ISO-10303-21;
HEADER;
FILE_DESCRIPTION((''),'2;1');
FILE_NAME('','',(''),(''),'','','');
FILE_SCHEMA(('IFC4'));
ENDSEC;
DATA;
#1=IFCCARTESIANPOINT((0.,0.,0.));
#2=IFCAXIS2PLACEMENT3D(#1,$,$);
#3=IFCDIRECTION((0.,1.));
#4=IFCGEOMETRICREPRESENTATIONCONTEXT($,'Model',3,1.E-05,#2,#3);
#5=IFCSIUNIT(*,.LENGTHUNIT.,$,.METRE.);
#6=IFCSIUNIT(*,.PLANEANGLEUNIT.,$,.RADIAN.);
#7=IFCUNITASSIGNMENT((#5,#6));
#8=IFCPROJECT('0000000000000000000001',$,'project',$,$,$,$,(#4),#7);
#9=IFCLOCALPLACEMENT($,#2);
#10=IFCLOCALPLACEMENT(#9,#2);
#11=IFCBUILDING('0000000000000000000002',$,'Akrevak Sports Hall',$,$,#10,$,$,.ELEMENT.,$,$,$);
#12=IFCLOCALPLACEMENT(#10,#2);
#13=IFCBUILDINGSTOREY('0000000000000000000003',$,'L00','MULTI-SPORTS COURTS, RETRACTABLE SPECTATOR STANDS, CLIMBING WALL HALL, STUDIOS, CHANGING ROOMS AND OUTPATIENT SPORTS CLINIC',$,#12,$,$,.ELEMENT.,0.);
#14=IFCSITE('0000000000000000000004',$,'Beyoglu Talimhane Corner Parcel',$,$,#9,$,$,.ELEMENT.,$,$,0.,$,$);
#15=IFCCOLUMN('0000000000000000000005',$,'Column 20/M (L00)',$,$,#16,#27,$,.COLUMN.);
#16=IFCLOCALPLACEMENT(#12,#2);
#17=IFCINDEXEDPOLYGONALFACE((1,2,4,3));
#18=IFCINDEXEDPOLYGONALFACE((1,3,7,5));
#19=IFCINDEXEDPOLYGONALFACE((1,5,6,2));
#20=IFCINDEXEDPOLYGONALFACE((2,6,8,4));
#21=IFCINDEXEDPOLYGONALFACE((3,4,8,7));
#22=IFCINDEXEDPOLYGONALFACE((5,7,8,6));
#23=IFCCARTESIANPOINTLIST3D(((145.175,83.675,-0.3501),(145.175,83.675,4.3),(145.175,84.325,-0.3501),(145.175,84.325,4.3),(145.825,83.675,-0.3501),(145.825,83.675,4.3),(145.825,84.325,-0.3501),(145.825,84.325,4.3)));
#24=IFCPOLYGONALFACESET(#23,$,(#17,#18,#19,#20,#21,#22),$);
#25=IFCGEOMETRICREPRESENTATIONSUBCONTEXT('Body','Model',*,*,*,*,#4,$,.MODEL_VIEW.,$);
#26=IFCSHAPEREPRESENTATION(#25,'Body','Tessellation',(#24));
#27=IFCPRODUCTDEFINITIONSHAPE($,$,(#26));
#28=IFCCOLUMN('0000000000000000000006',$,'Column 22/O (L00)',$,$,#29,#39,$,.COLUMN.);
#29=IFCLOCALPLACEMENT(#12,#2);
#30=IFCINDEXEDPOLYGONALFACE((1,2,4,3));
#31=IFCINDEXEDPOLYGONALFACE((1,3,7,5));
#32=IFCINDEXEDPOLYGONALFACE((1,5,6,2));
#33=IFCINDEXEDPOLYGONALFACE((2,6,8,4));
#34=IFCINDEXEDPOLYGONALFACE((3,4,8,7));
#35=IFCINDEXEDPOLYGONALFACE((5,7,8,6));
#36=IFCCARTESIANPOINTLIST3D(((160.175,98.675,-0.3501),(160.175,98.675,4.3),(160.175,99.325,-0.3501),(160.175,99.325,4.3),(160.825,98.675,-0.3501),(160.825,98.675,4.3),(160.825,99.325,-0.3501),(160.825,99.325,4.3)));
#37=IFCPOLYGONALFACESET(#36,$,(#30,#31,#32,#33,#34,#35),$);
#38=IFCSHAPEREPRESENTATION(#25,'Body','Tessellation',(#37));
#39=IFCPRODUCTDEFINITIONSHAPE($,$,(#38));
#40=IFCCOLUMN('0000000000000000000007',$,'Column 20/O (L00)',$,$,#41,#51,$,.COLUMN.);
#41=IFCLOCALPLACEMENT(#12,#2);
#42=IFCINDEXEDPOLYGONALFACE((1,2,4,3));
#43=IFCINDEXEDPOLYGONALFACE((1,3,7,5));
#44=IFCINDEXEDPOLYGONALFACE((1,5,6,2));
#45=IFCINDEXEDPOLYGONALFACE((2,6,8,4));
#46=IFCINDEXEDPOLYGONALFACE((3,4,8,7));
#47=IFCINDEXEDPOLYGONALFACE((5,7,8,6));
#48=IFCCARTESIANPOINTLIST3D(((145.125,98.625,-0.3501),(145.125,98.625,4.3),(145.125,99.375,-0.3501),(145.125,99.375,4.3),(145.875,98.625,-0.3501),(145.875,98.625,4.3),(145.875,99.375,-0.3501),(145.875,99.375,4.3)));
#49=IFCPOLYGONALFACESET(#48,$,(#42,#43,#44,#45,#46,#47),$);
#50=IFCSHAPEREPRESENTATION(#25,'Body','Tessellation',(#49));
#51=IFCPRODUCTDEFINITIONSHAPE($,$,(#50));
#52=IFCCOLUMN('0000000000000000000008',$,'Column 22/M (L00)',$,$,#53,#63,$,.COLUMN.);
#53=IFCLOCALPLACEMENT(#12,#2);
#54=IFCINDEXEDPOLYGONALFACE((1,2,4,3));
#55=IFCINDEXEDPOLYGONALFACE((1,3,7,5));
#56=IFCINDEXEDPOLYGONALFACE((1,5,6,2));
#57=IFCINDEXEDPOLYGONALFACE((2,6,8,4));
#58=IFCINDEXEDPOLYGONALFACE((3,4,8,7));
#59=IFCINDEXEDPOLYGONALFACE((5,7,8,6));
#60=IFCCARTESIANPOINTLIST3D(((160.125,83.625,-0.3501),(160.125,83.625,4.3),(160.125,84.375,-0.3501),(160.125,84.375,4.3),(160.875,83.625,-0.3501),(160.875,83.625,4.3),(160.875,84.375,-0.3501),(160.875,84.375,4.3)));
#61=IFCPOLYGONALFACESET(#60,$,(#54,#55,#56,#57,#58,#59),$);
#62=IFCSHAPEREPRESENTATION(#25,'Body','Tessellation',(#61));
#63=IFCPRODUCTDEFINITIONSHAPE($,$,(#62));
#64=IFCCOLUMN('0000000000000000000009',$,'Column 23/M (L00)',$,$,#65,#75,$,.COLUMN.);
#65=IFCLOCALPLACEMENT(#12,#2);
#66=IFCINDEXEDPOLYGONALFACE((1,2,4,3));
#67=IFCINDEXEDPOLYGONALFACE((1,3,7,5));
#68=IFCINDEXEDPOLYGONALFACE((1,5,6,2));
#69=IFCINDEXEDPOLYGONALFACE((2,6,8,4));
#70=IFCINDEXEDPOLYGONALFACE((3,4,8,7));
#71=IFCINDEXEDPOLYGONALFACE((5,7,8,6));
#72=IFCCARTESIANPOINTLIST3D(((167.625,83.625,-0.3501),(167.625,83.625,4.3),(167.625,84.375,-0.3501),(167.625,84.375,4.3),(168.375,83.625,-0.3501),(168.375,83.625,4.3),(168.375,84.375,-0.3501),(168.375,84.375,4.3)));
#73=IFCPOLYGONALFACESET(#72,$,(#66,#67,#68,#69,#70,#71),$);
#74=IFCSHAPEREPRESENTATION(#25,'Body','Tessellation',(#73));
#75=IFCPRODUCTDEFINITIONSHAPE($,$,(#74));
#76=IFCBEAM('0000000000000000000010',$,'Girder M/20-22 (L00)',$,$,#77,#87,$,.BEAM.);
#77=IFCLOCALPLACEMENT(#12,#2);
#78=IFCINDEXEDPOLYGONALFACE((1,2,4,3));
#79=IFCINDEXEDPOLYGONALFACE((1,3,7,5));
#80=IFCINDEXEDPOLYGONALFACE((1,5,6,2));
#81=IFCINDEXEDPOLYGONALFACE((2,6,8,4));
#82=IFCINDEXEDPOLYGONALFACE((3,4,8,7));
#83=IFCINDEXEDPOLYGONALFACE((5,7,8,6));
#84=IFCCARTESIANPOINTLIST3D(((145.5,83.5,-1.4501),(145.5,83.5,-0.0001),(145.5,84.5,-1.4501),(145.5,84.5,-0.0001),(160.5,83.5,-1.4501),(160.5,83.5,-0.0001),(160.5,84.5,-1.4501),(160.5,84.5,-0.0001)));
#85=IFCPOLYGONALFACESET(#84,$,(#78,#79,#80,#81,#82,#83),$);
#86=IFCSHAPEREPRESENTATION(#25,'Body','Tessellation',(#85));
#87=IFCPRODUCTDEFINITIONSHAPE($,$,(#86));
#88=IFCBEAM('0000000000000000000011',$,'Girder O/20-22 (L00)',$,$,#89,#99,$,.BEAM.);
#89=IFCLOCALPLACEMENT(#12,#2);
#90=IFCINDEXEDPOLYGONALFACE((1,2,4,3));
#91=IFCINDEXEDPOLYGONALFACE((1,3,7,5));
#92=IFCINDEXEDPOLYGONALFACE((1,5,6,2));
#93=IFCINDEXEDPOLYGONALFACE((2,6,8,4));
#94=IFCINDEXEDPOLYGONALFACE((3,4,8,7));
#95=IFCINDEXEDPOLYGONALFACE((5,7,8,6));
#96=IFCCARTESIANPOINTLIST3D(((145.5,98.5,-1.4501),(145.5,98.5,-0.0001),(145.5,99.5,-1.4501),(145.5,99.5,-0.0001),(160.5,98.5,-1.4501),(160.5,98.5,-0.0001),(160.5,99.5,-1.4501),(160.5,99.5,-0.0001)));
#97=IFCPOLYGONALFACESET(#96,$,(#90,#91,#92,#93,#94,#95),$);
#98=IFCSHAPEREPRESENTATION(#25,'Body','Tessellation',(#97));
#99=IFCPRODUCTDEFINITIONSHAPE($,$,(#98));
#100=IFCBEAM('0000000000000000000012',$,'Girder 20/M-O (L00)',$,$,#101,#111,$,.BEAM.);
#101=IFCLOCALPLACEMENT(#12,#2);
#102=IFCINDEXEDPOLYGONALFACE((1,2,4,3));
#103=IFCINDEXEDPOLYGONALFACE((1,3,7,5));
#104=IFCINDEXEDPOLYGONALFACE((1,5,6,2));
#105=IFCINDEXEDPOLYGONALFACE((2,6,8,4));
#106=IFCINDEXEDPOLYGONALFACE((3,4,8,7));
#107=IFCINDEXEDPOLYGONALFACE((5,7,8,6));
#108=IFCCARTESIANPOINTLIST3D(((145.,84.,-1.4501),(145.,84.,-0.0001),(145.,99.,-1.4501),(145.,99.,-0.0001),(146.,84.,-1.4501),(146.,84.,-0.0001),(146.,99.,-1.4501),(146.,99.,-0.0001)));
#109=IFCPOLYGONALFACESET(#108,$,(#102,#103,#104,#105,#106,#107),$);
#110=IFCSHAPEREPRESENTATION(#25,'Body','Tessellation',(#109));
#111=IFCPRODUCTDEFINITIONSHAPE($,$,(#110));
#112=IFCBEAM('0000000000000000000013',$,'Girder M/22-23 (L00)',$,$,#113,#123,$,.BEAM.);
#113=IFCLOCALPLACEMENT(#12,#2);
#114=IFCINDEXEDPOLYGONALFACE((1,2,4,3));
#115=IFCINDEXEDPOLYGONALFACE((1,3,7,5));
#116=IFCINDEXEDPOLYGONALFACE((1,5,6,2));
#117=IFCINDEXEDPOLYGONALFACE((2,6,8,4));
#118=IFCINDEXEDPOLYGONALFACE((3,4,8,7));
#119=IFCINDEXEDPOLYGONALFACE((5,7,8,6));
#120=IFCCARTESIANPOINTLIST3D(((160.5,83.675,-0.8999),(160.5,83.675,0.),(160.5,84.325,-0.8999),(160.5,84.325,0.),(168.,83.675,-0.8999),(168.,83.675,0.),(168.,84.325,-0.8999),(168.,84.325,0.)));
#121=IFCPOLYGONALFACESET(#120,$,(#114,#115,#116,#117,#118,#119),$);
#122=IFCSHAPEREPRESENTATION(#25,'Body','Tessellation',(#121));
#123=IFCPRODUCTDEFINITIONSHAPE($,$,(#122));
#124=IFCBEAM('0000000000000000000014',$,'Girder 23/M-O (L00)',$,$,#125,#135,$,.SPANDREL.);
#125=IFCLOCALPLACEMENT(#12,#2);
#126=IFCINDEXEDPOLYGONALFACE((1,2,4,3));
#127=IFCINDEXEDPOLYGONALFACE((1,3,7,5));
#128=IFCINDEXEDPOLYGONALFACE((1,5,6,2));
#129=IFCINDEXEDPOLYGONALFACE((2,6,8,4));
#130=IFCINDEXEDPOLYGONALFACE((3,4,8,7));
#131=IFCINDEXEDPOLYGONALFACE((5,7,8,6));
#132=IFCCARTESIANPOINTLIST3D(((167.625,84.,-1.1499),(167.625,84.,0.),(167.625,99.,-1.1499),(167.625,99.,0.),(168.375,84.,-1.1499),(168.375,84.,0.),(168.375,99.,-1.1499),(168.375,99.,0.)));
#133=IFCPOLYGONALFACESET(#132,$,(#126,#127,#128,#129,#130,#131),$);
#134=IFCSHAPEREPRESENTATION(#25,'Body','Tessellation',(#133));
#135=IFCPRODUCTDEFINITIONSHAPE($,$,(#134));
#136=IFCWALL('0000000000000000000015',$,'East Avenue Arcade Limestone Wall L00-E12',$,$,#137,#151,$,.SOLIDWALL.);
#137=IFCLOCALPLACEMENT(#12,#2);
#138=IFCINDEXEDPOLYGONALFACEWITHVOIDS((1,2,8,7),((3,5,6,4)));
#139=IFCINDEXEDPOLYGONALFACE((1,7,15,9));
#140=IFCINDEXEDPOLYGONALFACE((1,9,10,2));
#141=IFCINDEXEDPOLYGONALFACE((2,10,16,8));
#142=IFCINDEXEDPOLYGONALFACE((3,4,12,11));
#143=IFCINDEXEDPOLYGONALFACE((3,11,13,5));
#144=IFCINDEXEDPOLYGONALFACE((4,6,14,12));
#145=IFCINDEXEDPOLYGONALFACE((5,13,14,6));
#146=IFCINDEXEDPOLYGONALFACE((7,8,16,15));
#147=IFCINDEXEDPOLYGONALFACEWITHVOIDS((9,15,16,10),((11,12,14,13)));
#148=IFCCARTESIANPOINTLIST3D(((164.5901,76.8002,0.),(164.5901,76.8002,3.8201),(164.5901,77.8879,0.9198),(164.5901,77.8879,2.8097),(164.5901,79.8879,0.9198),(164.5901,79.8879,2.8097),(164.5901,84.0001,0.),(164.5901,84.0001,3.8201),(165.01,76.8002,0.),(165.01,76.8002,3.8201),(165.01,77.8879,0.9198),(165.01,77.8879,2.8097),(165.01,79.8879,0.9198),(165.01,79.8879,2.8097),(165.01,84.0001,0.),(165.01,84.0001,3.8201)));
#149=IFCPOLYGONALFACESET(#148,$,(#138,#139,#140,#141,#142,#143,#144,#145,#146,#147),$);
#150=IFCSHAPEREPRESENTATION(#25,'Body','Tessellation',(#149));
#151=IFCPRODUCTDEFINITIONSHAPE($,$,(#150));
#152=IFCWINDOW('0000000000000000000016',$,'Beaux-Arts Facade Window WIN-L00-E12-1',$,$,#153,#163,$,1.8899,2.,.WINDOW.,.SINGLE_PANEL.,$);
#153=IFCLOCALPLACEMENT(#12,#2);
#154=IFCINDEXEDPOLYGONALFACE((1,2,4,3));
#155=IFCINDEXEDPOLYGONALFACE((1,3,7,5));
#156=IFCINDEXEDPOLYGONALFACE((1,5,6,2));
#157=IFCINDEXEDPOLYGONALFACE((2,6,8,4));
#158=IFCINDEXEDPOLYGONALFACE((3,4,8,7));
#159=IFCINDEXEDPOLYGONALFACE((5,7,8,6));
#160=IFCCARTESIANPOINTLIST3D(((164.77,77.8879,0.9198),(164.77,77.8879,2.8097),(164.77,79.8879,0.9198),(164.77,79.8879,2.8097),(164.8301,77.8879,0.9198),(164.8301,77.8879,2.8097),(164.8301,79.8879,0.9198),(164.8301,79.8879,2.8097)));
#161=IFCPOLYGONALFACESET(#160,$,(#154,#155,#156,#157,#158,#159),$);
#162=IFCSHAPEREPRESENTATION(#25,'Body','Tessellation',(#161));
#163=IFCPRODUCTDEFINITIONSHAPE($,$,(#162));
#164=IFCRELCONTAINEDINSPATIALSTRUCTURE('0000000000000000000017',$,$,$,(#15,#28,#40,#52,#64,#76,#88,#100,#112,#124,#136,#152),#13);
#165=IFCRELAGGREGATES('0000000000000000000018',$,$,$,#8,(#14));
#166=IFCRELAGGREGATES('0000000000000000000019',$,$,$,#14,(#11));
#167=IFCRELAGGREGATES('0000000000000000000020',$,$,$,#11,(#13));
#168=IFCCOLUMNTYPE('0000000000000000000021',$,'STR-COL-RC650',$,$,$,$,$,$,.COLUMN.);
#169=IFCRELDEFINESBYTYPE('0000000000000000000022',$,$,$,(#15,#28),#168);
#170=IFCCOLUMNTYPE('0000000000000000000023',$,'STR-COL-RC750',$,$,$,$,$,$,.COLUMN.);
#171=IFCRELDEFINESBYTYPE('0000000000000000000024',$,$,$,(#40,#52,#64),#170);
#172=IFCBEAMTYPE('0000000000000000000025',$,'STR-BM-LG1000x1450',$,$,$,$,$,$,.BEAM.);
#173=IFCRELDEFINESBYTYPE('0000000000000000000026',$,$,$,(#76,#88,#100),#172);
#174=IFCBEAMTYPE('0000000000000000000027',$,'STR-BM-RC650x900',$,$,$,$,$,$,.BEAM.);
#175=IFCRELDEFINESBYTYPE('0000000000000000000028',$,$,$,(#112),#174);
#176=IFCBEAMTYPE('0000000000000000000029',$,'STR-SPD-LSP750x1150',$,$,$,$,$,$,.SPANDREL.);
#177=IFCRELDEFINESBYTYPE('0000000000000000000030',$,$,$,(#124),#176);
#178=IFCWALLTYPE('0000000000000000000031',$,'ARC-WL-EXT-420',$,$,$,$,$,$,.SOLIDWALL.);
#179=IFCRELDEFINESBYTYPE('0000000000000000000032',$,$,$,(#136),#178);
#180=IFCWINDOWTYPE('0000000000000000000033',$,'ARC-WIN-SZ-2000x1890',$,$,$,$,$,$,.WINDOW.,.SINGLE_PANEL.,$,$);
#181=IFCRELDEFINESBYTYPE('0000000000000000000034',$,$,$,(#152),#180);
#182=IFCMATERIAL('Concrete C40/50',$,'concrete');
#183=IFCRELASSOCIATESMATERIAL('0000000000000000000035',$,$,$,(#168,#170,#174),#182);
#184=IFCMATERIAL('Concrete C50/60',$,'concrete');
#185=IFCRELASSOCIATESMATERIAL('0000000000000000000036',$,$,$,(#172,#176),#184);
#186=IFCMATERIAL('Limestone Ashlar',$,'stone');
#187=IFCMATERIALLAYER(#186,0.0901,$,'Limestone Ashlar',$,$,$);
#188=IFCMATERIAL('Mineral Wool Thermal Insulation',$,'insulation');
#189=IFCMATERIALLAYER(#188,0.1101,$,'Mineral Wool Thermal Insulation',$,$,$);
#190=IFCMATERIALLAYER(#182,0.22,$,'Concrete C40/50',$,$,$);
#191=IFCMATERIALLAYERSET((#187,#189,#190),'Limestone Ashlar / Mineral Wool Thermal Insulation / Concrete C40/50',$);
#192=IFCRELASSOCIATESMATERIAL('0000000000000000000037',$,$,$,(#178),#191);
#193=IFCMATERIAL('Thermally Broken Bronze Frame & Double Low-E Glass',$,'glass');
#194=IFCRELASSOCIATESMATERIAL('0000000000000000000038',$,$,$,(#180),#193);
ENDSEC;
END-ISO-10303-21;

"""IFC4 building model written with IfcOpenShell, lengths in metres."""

from ifc_helpers import new_model, si_unit, direction, frame, frame_2d, origin, origin_2d, place, context, subcontext, project, spatial, rectangle, extrude, material, layer, layer_set, material_profile, profile_set, type_object, element, fill, save


model = new_model("IFC4")

# Units and contexts
model_context = context("Model", 3, precision=1e-05, world=origin(), true_north=direction((0.0, 1.0)))
body_context = subcontext(model_context, "Body", "Model", "MODEL_VIEW")
ifc_project = project(units=[si_unit("LENGTHUNIT", "METRE"), si_unit("PLANEANGLEUNIT", "RADIAN")], contexts=[model_context])

# Site, building, storey
site_placement = place(None, origin())
site = spatial("IfcSite", under=ifc_project, at=site_placement, Name="Beyoglu Talimhane Corner Parcel", CompositionType="ELEMENT", RefElevation=0.0)
building_placement = place(site_placement, origin())
building = spatial("IfcBuilding", under=site, at=building_placement, Name="Akrevak Sports Hall", CompositionType="ELEMENT")
storey_placement = place(building_placement, origin())
storey = spatial("IfcBuildingStorey", under=building, at=storey_placement, Name="L00", Description="MULTI-SPORTS COURTS, RETRACTABLE SPECTATOR STANDS, CLIMBING WALL HALL, STUDIOS, CHANGING ROOMS AND OUTPATIENT SPORTS CLINIC", CompositionType="ELEMENT", Elevation=0.0)

# Columns
ifc_material_1 = material(Name="Concrete C40/50", Category="concrete")
ifc_material_profile_1 = material_profile(ifc_material_1, rectangle(XDim=0.6499, YDim=0.6499, at=origin_2d()), Name="RC 650x650", Category="concrete")
ifc_profile_set_1 = profile_set([ifc_material_profile_1], Name="Concrete C40/50")
column_type_1 = type_object("IfcColumnType", Name="STR-COL-RC650", PredefinedType="COLUMN", material=ifc_profile_set_1)
for number, where, z_axis, x_axis, name in (
    (1, (145.5, 84.0, -0.3501), (0.0, 0.0, 1.0), (1.0, 0.0, 0.0), "Column 20/M (L00)"),
    (2, (160.5, 99.0, -0.3501), (0.0, 0.0, 1.0), (1.0, 0.0, 0.0), "Column 22/O (L00)"),
):
    element("IfcColumn", number, at=place(storey_placement, frame(where, z_axis=z_axis, x_axis=x_axis)), inside=storey, type_object=column_type_1, Name=name, PredefinedType="COLUMN", context=body_context, shape_type="SweptSolid", body=[
        extrude(rectangle(XDim=0.6499, YDim=0.6499, at=origin_2d()), origin(), (0.0, 0.0, 1.0), 4.6501),
    ])
ifc_material_profile_2 = material_profile(ifc_material_1, rectangle(XDim=0.75, YDim=0.75, at=origin_2d()), Name="RC 750x750", Category="concrete")
ifc_profile_set_2 = profile_set([ifc_material_profile_2], Name="Concrete C40/50")
column_type_2 = type_object("IfcColumnType", Name="STR-COL-RC750", PredefinedType="COLUMN", material=ifc_profile_set_2)
for number, where, z_axis, x_axis, name in (
    (3, (145.5, 99.0, -0.3501), (0.0, 0.0, 1.0), (1.0, 0.0, 0.0), "Column 20/O (L00)"),
    (4, (160.5, 84.0, -0.3501), (0.0, 0.0, 1.0), (1.0, 0.0, 0.0), "Column 22/M (L00)"),
    (5, (168.0, 84.0, -0.3501), (0.0, 0.0, 1.0), (1.0, 0.0, 0.0), "Column 23/M (L00)"),
):
    element("IfcColumn", number, at=place(storey_placement, frame(where, z_axis=z_axis, x_axis=x_axis)), inside=storey, type_object=column_type_2, Name=name, PredefinedType="COLUMN", context=body_context, shape_type="SweptSolid", body=[
        extrude(rectangle(XDim=0.75, YDim=0.75, at=origin_2d()), origin(), (0.0, 0.0, 1.0), 4.6501),
    ])

# Beams
ifc_material_2 = material(Name="Concrete C50/60", Category="concrete")
ifc_material_profile_3 = material_profile(ifc_material_2, rectangle(XDim=1.0, YDim=1.45, at=origin_2d()), Name="BM 1000x1450", Category="concrete")
ifc_profile_set_3 = profile_set([ifc_material_profile_3], Name="Concrete C50/60")
beam_type_1 = type_object("IfcBeamType", Name="STR-BM-LG1000x1450", PredefinedType="BEAM", material=ifc_profile_set_3)
for number, where, z_axis, x_axis, name in (
    (6, (145.5, 84.0, -0.7251), (1.0, 0.0, 0.0), (0.0, 1.0, 0.0), "Girder M/20-22 (L00)"),
    (7, (145.5, 99.0, -0.7251), (1.0, 0.0, 0.0), (0.0, 1.0, 0.0), "Girder O/20-22 (L00)"),
    (8, (145.5, 84.0, -0.7251), (0.0, 1.0, 0.0), (-1.0, 0.0, 0.0), "Girder 20/M-O (L00)"),
):
    element("IfcBeam", number, at=place(storey_placement, frame(where, z_axis=z_axis, x_axis=x_axis)), inside=storey, type_object=beam_type_1, Name=name, PredefinedType="BEAM", context=body_context, shape_type="SweptSolid", body=[
        extrude(rectangle(XDim=1.0, YDim=1.45, at=origin_2d()), origin(), (0.0, 0.0, 1.0), 15.0),
    ])
ifc_material_profile_4 = material_profile(ifc_material_1, rectangle(XDim=0.6499, YDim=0.8999, at=origin_2d()), Name="BM 650x900", Category="concrete")
ifc_profile_set_4 = profile_set([ifc_material_profile_4], Name="Concrete C40/50")
beam_type_2 = type_object("IfcBeamType", Name="STR-BM-RC650x900", PredefinedType="BEAM", material=ifc_profile_set_4)
beam_1_placement = place(storey_placement, frame((160.5, 84.0, -0.45), z_axis=(1.0, 0.0, 0.0), x_axis=(0.0, 1.0, 0.0)))
element("IfcBeam", 9, at=beam_1_placement, inside=storey, type_object=beam_type_2, Name="Girder M/22-23 (L00)", PredefinedType="BEAM", context=body_context, shape_type="SweptSolid", body=[
    extrude(rectangle(XDim=0.6499, YDim=0.8999, at=origin_2d()), origin(), (0.0, 0.0, 1.0), 7.5),
])
ifc_material_profile_5 = material_profile(ifc_material_2, rectangle(XDim=0.75, YDim=1.1499, at=origin_2d()), Name="SPD 750x1150", Category="concrete")
ifc_profile_set_5 = profile_set([ifc_material_profile_5], Name="Concrete C50/60")
beam_type_3 = type_object("IfcBeamType", Name="STR-SPD-LSP750x1150", PredefinedType="SPANDREL", material=ifc_profile_set_5)
beam_2_placement = place(storey_placement, frame((168.0, 84.0, -0.575), z_axis=(0.0, 1.0, 0.0), x_axis=(-1.0, 0.0, 0.0)))
element("IfcBeam", 10, at=beam_2_placement, inside=storey, type_object=beam_type_3, Name="Girder 23/M-O (L00)", PredefinedType="SPANDREL", context=body_context, shape_type="SweptSolid", body=[
    extrude(rectangle(XDim=0.75, YDim=1.1499, at=origin_2d()), origin(), (0.0, 0.0, 1.0), 15.0),
])

# Wall, opening, window
ifc_material_3 = material(Name="Limestone Ashlar", Category="stone")
ifc_layer_1 = layer(ifc_material_3, 0.0901, Name="Limestone Ashlar")
ifc_material_4 = material(Name="Mineral Wool Thermal Insulation", Category="insulation")
ifc_layer_2 = layer(ifc_material_4, 0.1101, Name="Mineral Wool Thermal Insulation")
ifc_layer_3 = layer(ifc_material_1, 0.22, Name="Concrete C40/50")
ifc_layer_set_1 = layer_set([ifc_layer_1, ifc_layer_2, ifc_layer_3], Name="Limestone Ashlar / Mineral Wool Thermal Insulation / Concrete C40/50")
wall_type_1 = type_object("IfcWallType", Name="ARC-WL-EXT-420", PredefinedType="SOLIDWALL", material=ifc_layer_set_1)
wall_1_placement = place(storey_placement, frame((164.8, 76.8, 0.0), z_axis=(0.0, 0.0, 1.0), x_axis=(0.0, 1.0, 0.0)))
wall_1 = element("IfcWall", 11, at=wall_1_placement, inside=storey, type_object=wall_type_1, Name="East Avenue Arcade Limestone Wall L00-E12", PredefinedType="SOLIDWALL", context=body_context, shape_type="SweptSolid", body=[
    extrude(rectangle(XDim=7.2, YDim=0.4199, at=frame_2d((3.6001, 0.0))), origin(), (0.0, 0.0, 1.0), 3.8201),
])
opening_1_placement = place(wall_1_placement, frame((1.0879, 0.0, 0.9199)))
opening_1 = element("IfcOpeningElement", 12, at=opening_1_placement, cuts=wall_1, PredefinedType="OPENING", context=body_context, shape_type="SweptSolid", body=[
    extrude(rectangle(XDim=2.0, YDim=1.8899, at=frame_2d((1.0, 0.9448))), frame((0.0, 0.2219, 0.0), z_axis=(0.0, -1.0, 0.0), x_axis=(1.0, 0.0, 0.0)), (0.0, 0.0, 1.0), 0.4438),
])
ifc_material_5 = material(Name="Thermally Broken Bronze Frame & Double Low-E Glass", Category="glass")
window_type = type_object("IfcWindowType", Name="ARC-WIN-SZ-2000x1890", PartitioningType="SINGLE_PANEL", PredefinedType="WINDOW", material=ifc_material_5)
window_1_placement = place(opening_1_placement, origin())
window_1 = element("IfcWindow", 13, at=window_1_placement, inside=storey, type_object=window_type, Name="Beaux-Arts Facade Window WIN-L00-E12-1", OverallHeight=1.8899, OverallWidth=2.0, PartitioningType="SINGLE_PANEL", PredefinedType="WINDOW", context=body_context, shape_type="SweptSolid", body=[
    extrude(rectangle(XDim=2.0, YDim=1.8899, at=frame_2d((1.0, 0.9448))), frame((0.0, 0.03, 0.0), z_axis=(0.0, -1.0, 0.0), x_axis=(1.0, 0.0, 0.0)), (0.0, 0.0, 1.0), 0.0601),
])
fill(opening_1, window_1)

save(model, "model.ifc")
